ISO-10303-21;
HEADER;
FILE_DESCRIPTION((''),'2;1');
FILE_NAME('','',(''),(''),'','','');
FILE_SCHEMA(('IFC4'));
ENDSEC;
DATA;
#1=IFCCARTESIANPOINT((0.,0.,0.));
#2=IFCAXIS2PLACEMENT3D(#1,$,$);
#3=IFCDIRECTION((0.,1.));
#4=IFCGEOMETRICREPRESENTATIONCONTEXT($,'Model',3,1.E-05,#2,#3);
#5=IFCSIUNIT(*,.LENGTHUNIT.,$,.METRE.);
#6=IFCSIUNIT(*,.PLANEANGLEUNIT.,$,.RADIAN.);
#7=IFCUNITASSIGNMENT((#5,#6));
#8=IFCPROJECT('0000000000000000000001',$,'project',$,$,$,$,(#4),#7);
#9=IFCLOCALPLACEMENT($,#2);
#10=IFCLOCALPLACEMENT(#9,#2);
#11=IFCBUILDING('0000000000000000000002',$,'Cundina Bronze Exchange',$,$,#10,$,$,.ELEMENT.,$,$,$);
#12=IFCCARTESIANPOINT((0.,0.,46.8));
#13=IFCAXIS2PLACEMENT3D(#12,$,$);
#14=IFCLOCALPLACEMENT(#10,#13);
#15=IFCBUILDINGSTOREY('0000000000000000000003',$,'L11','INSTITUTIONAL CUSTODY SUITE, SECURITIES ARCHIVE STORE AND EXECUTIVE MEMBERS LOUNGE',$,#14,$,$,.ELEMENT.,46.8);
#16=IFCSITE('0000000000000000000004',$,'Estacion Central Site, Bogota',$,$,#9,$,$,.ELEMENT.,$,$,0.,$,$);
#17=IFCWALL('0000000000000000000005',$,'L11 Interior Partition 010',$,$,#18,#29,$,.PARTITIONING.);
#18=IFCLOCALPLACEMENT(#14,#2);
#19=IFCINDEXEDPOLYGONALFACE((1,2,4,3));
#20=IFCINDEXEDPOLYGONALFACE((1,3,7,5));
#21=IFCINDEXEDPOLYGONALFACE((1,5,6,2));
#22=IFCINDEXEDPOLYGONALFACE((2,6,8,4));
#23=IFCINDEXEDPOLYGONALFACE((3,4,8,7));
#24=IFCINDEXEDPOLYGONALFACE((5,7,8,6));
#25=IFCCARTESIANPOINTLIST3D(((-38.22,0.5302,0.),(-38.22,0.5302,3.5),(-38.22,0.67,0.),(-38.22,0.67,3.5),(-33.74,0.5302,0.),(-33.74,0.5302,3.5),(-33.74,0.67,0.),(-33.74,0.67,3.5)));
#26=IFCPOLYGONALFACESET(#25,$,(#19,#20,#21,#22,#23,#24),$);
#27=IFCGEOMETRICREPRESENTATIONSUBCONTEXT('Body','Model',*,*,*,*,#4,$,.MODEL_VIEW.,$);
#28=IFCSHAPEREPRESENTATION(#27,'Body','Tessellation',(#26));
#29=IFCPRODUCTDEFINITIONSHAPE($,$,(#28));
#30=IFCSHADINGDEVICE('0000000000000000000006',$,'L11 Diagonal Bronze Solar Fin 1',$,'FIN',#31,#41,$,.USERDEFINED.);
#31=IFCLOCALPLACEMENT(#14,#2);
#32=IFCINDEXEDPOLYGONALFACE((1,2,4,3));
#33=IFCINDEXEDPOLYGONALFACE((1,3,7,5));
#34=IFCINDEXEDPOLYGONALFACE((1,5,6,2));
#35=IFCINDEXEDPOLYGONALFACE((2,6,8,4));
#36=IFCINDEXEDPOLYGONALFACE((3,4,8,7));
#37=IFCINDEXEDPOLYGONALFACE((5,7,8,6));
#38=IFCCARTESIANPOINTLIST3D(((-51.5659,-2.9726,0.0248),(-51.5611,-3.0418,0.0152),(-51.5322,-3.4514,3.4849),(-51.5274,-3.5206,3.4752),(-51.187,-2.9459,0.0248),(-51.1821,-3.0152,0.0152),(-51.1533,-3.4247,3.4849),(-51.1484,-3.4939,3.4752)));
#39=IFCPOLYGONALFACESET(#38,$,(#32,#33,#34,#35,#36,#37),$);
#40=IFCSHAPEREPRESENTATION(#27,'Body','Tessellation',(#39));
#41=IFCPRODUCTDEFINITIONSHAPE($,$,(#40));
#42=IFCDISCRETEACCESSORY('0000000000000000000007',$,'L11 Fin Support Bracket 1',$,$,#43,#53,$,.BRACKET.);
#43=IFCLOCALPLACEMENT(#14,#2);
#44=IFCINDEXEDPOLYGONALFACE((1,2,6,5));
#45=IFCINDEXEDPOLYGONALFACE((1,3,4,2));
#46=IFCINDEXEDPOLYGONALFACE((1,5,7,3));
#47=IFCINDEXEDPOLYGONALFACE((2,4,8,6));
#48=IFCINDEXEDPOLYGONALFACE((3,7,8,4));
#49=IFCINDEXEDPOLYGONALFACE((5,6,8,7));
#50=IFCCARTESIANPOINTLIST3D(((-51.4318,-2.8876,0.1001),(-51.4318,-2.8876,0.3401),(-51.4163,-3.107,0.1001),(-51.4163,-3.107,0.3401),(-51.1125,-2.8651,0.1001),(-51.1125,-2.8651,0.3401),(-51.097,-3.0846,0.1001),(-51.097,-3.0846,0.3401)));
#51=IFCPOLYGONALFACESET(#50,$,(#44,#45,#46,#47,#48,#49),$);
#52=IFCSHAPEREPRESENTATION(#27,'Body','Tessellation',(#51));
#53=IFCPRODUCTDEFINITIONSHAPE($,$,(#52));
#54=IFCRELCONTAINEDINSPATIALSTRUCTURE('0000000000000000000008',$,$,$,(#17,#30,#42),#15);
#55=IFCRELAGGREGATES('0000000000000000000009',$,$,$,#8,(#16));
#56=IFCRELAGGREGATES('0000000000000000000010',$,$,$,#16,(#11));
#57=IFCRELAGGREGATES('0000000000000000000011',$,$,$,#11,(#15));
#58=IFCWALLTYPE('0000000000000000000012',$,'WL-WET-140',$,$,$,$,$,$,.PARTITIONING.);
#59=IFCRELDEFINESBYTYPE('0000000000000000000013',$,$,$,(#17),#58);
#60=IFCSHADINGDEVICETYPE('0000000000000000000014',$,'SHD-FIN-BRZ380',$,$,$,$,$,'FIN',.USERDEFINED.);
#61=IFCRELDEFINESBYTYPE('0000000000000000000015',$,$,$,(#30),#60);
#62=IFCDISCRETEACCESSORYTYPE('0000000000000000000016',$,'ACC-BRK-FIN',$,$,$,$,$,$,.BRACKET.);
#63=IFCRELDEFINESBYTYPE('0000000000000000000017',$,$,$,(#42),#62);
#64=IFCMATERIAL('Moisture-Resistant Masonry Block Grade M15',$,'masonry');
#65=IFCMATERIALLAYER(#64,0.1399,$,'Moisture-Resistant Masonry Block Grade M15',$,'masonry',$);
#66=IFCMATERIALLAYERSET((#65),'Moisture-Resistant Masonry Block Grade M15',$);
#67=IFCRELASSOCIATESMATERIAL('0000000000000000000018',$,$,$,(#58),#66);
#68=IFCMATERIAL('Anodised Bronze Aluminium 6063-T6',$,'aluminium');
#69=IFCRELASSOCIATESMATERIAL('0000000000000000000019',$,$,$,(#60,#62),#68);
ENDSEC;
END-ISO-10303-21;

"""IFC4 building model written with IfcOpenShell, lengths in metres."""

from ifc_helpers import new_model, si_unit, direction, frame, frame_2d, origin, origin_2d, place, context, subcontext, project, spatial, rectangle, extrude, material, layer, layer_set, material_profile, profile_set, type_object, element, save


model = new_model("IFC4")

# Units and contexts
model_context = context("Model", 3, precision=1e-05, world=origin(), true_north=direction((0.0, 1.0)))
body_context = subcontext(model_context, "Body", "Model", "MODEL_VIEW")
ifc_project = project(units=[si_unit("LENGTHUNIT", "METRE"), si_unit("PLANEANGLEUNIT", "RADIAN")], contexts=[model_context])

# Site, building, storey
site_placement = place(None, origin())
site = spatial("IfcSite", under=ifc_project, at=site_placement, Name="Estacion Central Site, Bogota", CompositionType="ELEMENT", RefElevation=0.0)
building_placement = place(site_placement, origin())
building = spatial("IfcBuilding", under=site, at=building_placement, Name="Cundina Bronze Exchange", CompositionType="ELEMENT")
storey_placement = place(building_placement, frame((0.0, 0.0, 46.8)))
storey = spatial("IfcBuildingStorey", under=building, at=storey_placement, Name="L11", Description="INSTITUTIONAL CUSTODY SUITE, SECURITIES ARCHIVE STORE AND EXECUTIVE MEMBERS LOUNGE", CompositionType="ELEMENT", Elevation=46.8)

# Shared definitions
ifc_material_1 = material(Name="Anodised Bronze Aluminium 6063-T6", Category="aluminium")

# Wall
ifc_material_2 = material(Name="Moisture-Resistant Masonry Block Grade M15", Category="masonry")
ifc_layer_1 = layer(ifc_material_2, 0.1399, Name="Moisture-Resistant Masonry Block Grade M15", Category="masonry")
ifc_layer_set_1 = layer_set([ifc_layer_1], Name="Moisture-Resistant Masonry Block Grade M15")
wall_type_1 = type_object("IfcWallType", Name="WL-WET-140", PredefinedType="PARTITIONING", material=ifc_layer_set_1)
wall_1_placement = place(storey_placement, frame((-38.22, 0.6001, 0.0), z_axis=(0.0, 0.0, 1.0), x_axis=(1.0, 0.0, 0.0)))
element("IfcWall", 1, at=wall_1_placement, inside=storey, type_object=wall_type_1, Name="L11 Interior Partition 010", PredefinedType="PARTITIONING", context=body_context, shape_type="SweptSolid", body=[
    extrude(rectangle(XDim=4.48, YDim=0.1399, at=frame_2d((2.24, 0.0))), origin(), (0.0, 0.0, 1.0), 3.5),
])

# Shading device
ifc_material_profile_1 = material_profile(ifc_material_1, rectangle(XDim=0.0701, YDim=0.3799, at=origin_2d()), Name="FIN70X380", Category="aluminium")
ifc_profile_set_1 = profile_set([ifc_material_profile_1], Name="Anodised Bronze Aluminium 6063-T6")
shading_device_type = type_object("IfcShadingDeviceType", Name="SHD-FIN-BRZ380", ElementType="FIN", PredefinedType="USERDEFINED", material=ifc_profile_set_1)
shading_device_placement = place(storey_placement, frame((-51.374, -2.9939, 0.02), z_axis=(0.009645, -0.137059, 0.990516), x_axis=(-0.069533, 0.988072, 0.137398)))
element("IfcShadingDevice", 2, at=shading_device_placement, inside=storey, type_object=shading_device_type, Name="L11 Diagonal Bronze Solar Fin 1", ObjectType="FIN", PredefinedType="USERDEFINED", context=body_context, shape_type="SweptSolid", body=[
    extrude(rectangle(XDim=0.0701, YDim=0.3799, at=origin_2d()), origin(), (0.0, 0.0, 1.0), 3.4932),
])

# Discrete accessory
discrete_accessory_type = type_object("IfcDiscreteAccessoryType", Name="ACC-BRK-FIN", PredefinedType="BRACKET", material=ifc_material_1)
discrete_accessory_placement = place(storey_placement, frame((-51.2644, -2.9861, 0.1001), z_axis=(0.0, 0.0, 1.0), x_axis=(0.070279, -0.997527, 0.0)))
element("IfcDiscreteAccessory", 3, at=discrete_accessory_placement, inside=storey, type_object=discrete_accessory_type, Name="L11 Fin Support Bracket 1", PredefinedType="BRACKET", context=body_context, shape_type="SweptSolid", body=[
    extrude(rectangle(XDim=0.22, YDim=0.3201, at=origin_2d()), origin(), (0.0, 0.0, 1.0), 0.24),
])

save(model, "model.ifc")
